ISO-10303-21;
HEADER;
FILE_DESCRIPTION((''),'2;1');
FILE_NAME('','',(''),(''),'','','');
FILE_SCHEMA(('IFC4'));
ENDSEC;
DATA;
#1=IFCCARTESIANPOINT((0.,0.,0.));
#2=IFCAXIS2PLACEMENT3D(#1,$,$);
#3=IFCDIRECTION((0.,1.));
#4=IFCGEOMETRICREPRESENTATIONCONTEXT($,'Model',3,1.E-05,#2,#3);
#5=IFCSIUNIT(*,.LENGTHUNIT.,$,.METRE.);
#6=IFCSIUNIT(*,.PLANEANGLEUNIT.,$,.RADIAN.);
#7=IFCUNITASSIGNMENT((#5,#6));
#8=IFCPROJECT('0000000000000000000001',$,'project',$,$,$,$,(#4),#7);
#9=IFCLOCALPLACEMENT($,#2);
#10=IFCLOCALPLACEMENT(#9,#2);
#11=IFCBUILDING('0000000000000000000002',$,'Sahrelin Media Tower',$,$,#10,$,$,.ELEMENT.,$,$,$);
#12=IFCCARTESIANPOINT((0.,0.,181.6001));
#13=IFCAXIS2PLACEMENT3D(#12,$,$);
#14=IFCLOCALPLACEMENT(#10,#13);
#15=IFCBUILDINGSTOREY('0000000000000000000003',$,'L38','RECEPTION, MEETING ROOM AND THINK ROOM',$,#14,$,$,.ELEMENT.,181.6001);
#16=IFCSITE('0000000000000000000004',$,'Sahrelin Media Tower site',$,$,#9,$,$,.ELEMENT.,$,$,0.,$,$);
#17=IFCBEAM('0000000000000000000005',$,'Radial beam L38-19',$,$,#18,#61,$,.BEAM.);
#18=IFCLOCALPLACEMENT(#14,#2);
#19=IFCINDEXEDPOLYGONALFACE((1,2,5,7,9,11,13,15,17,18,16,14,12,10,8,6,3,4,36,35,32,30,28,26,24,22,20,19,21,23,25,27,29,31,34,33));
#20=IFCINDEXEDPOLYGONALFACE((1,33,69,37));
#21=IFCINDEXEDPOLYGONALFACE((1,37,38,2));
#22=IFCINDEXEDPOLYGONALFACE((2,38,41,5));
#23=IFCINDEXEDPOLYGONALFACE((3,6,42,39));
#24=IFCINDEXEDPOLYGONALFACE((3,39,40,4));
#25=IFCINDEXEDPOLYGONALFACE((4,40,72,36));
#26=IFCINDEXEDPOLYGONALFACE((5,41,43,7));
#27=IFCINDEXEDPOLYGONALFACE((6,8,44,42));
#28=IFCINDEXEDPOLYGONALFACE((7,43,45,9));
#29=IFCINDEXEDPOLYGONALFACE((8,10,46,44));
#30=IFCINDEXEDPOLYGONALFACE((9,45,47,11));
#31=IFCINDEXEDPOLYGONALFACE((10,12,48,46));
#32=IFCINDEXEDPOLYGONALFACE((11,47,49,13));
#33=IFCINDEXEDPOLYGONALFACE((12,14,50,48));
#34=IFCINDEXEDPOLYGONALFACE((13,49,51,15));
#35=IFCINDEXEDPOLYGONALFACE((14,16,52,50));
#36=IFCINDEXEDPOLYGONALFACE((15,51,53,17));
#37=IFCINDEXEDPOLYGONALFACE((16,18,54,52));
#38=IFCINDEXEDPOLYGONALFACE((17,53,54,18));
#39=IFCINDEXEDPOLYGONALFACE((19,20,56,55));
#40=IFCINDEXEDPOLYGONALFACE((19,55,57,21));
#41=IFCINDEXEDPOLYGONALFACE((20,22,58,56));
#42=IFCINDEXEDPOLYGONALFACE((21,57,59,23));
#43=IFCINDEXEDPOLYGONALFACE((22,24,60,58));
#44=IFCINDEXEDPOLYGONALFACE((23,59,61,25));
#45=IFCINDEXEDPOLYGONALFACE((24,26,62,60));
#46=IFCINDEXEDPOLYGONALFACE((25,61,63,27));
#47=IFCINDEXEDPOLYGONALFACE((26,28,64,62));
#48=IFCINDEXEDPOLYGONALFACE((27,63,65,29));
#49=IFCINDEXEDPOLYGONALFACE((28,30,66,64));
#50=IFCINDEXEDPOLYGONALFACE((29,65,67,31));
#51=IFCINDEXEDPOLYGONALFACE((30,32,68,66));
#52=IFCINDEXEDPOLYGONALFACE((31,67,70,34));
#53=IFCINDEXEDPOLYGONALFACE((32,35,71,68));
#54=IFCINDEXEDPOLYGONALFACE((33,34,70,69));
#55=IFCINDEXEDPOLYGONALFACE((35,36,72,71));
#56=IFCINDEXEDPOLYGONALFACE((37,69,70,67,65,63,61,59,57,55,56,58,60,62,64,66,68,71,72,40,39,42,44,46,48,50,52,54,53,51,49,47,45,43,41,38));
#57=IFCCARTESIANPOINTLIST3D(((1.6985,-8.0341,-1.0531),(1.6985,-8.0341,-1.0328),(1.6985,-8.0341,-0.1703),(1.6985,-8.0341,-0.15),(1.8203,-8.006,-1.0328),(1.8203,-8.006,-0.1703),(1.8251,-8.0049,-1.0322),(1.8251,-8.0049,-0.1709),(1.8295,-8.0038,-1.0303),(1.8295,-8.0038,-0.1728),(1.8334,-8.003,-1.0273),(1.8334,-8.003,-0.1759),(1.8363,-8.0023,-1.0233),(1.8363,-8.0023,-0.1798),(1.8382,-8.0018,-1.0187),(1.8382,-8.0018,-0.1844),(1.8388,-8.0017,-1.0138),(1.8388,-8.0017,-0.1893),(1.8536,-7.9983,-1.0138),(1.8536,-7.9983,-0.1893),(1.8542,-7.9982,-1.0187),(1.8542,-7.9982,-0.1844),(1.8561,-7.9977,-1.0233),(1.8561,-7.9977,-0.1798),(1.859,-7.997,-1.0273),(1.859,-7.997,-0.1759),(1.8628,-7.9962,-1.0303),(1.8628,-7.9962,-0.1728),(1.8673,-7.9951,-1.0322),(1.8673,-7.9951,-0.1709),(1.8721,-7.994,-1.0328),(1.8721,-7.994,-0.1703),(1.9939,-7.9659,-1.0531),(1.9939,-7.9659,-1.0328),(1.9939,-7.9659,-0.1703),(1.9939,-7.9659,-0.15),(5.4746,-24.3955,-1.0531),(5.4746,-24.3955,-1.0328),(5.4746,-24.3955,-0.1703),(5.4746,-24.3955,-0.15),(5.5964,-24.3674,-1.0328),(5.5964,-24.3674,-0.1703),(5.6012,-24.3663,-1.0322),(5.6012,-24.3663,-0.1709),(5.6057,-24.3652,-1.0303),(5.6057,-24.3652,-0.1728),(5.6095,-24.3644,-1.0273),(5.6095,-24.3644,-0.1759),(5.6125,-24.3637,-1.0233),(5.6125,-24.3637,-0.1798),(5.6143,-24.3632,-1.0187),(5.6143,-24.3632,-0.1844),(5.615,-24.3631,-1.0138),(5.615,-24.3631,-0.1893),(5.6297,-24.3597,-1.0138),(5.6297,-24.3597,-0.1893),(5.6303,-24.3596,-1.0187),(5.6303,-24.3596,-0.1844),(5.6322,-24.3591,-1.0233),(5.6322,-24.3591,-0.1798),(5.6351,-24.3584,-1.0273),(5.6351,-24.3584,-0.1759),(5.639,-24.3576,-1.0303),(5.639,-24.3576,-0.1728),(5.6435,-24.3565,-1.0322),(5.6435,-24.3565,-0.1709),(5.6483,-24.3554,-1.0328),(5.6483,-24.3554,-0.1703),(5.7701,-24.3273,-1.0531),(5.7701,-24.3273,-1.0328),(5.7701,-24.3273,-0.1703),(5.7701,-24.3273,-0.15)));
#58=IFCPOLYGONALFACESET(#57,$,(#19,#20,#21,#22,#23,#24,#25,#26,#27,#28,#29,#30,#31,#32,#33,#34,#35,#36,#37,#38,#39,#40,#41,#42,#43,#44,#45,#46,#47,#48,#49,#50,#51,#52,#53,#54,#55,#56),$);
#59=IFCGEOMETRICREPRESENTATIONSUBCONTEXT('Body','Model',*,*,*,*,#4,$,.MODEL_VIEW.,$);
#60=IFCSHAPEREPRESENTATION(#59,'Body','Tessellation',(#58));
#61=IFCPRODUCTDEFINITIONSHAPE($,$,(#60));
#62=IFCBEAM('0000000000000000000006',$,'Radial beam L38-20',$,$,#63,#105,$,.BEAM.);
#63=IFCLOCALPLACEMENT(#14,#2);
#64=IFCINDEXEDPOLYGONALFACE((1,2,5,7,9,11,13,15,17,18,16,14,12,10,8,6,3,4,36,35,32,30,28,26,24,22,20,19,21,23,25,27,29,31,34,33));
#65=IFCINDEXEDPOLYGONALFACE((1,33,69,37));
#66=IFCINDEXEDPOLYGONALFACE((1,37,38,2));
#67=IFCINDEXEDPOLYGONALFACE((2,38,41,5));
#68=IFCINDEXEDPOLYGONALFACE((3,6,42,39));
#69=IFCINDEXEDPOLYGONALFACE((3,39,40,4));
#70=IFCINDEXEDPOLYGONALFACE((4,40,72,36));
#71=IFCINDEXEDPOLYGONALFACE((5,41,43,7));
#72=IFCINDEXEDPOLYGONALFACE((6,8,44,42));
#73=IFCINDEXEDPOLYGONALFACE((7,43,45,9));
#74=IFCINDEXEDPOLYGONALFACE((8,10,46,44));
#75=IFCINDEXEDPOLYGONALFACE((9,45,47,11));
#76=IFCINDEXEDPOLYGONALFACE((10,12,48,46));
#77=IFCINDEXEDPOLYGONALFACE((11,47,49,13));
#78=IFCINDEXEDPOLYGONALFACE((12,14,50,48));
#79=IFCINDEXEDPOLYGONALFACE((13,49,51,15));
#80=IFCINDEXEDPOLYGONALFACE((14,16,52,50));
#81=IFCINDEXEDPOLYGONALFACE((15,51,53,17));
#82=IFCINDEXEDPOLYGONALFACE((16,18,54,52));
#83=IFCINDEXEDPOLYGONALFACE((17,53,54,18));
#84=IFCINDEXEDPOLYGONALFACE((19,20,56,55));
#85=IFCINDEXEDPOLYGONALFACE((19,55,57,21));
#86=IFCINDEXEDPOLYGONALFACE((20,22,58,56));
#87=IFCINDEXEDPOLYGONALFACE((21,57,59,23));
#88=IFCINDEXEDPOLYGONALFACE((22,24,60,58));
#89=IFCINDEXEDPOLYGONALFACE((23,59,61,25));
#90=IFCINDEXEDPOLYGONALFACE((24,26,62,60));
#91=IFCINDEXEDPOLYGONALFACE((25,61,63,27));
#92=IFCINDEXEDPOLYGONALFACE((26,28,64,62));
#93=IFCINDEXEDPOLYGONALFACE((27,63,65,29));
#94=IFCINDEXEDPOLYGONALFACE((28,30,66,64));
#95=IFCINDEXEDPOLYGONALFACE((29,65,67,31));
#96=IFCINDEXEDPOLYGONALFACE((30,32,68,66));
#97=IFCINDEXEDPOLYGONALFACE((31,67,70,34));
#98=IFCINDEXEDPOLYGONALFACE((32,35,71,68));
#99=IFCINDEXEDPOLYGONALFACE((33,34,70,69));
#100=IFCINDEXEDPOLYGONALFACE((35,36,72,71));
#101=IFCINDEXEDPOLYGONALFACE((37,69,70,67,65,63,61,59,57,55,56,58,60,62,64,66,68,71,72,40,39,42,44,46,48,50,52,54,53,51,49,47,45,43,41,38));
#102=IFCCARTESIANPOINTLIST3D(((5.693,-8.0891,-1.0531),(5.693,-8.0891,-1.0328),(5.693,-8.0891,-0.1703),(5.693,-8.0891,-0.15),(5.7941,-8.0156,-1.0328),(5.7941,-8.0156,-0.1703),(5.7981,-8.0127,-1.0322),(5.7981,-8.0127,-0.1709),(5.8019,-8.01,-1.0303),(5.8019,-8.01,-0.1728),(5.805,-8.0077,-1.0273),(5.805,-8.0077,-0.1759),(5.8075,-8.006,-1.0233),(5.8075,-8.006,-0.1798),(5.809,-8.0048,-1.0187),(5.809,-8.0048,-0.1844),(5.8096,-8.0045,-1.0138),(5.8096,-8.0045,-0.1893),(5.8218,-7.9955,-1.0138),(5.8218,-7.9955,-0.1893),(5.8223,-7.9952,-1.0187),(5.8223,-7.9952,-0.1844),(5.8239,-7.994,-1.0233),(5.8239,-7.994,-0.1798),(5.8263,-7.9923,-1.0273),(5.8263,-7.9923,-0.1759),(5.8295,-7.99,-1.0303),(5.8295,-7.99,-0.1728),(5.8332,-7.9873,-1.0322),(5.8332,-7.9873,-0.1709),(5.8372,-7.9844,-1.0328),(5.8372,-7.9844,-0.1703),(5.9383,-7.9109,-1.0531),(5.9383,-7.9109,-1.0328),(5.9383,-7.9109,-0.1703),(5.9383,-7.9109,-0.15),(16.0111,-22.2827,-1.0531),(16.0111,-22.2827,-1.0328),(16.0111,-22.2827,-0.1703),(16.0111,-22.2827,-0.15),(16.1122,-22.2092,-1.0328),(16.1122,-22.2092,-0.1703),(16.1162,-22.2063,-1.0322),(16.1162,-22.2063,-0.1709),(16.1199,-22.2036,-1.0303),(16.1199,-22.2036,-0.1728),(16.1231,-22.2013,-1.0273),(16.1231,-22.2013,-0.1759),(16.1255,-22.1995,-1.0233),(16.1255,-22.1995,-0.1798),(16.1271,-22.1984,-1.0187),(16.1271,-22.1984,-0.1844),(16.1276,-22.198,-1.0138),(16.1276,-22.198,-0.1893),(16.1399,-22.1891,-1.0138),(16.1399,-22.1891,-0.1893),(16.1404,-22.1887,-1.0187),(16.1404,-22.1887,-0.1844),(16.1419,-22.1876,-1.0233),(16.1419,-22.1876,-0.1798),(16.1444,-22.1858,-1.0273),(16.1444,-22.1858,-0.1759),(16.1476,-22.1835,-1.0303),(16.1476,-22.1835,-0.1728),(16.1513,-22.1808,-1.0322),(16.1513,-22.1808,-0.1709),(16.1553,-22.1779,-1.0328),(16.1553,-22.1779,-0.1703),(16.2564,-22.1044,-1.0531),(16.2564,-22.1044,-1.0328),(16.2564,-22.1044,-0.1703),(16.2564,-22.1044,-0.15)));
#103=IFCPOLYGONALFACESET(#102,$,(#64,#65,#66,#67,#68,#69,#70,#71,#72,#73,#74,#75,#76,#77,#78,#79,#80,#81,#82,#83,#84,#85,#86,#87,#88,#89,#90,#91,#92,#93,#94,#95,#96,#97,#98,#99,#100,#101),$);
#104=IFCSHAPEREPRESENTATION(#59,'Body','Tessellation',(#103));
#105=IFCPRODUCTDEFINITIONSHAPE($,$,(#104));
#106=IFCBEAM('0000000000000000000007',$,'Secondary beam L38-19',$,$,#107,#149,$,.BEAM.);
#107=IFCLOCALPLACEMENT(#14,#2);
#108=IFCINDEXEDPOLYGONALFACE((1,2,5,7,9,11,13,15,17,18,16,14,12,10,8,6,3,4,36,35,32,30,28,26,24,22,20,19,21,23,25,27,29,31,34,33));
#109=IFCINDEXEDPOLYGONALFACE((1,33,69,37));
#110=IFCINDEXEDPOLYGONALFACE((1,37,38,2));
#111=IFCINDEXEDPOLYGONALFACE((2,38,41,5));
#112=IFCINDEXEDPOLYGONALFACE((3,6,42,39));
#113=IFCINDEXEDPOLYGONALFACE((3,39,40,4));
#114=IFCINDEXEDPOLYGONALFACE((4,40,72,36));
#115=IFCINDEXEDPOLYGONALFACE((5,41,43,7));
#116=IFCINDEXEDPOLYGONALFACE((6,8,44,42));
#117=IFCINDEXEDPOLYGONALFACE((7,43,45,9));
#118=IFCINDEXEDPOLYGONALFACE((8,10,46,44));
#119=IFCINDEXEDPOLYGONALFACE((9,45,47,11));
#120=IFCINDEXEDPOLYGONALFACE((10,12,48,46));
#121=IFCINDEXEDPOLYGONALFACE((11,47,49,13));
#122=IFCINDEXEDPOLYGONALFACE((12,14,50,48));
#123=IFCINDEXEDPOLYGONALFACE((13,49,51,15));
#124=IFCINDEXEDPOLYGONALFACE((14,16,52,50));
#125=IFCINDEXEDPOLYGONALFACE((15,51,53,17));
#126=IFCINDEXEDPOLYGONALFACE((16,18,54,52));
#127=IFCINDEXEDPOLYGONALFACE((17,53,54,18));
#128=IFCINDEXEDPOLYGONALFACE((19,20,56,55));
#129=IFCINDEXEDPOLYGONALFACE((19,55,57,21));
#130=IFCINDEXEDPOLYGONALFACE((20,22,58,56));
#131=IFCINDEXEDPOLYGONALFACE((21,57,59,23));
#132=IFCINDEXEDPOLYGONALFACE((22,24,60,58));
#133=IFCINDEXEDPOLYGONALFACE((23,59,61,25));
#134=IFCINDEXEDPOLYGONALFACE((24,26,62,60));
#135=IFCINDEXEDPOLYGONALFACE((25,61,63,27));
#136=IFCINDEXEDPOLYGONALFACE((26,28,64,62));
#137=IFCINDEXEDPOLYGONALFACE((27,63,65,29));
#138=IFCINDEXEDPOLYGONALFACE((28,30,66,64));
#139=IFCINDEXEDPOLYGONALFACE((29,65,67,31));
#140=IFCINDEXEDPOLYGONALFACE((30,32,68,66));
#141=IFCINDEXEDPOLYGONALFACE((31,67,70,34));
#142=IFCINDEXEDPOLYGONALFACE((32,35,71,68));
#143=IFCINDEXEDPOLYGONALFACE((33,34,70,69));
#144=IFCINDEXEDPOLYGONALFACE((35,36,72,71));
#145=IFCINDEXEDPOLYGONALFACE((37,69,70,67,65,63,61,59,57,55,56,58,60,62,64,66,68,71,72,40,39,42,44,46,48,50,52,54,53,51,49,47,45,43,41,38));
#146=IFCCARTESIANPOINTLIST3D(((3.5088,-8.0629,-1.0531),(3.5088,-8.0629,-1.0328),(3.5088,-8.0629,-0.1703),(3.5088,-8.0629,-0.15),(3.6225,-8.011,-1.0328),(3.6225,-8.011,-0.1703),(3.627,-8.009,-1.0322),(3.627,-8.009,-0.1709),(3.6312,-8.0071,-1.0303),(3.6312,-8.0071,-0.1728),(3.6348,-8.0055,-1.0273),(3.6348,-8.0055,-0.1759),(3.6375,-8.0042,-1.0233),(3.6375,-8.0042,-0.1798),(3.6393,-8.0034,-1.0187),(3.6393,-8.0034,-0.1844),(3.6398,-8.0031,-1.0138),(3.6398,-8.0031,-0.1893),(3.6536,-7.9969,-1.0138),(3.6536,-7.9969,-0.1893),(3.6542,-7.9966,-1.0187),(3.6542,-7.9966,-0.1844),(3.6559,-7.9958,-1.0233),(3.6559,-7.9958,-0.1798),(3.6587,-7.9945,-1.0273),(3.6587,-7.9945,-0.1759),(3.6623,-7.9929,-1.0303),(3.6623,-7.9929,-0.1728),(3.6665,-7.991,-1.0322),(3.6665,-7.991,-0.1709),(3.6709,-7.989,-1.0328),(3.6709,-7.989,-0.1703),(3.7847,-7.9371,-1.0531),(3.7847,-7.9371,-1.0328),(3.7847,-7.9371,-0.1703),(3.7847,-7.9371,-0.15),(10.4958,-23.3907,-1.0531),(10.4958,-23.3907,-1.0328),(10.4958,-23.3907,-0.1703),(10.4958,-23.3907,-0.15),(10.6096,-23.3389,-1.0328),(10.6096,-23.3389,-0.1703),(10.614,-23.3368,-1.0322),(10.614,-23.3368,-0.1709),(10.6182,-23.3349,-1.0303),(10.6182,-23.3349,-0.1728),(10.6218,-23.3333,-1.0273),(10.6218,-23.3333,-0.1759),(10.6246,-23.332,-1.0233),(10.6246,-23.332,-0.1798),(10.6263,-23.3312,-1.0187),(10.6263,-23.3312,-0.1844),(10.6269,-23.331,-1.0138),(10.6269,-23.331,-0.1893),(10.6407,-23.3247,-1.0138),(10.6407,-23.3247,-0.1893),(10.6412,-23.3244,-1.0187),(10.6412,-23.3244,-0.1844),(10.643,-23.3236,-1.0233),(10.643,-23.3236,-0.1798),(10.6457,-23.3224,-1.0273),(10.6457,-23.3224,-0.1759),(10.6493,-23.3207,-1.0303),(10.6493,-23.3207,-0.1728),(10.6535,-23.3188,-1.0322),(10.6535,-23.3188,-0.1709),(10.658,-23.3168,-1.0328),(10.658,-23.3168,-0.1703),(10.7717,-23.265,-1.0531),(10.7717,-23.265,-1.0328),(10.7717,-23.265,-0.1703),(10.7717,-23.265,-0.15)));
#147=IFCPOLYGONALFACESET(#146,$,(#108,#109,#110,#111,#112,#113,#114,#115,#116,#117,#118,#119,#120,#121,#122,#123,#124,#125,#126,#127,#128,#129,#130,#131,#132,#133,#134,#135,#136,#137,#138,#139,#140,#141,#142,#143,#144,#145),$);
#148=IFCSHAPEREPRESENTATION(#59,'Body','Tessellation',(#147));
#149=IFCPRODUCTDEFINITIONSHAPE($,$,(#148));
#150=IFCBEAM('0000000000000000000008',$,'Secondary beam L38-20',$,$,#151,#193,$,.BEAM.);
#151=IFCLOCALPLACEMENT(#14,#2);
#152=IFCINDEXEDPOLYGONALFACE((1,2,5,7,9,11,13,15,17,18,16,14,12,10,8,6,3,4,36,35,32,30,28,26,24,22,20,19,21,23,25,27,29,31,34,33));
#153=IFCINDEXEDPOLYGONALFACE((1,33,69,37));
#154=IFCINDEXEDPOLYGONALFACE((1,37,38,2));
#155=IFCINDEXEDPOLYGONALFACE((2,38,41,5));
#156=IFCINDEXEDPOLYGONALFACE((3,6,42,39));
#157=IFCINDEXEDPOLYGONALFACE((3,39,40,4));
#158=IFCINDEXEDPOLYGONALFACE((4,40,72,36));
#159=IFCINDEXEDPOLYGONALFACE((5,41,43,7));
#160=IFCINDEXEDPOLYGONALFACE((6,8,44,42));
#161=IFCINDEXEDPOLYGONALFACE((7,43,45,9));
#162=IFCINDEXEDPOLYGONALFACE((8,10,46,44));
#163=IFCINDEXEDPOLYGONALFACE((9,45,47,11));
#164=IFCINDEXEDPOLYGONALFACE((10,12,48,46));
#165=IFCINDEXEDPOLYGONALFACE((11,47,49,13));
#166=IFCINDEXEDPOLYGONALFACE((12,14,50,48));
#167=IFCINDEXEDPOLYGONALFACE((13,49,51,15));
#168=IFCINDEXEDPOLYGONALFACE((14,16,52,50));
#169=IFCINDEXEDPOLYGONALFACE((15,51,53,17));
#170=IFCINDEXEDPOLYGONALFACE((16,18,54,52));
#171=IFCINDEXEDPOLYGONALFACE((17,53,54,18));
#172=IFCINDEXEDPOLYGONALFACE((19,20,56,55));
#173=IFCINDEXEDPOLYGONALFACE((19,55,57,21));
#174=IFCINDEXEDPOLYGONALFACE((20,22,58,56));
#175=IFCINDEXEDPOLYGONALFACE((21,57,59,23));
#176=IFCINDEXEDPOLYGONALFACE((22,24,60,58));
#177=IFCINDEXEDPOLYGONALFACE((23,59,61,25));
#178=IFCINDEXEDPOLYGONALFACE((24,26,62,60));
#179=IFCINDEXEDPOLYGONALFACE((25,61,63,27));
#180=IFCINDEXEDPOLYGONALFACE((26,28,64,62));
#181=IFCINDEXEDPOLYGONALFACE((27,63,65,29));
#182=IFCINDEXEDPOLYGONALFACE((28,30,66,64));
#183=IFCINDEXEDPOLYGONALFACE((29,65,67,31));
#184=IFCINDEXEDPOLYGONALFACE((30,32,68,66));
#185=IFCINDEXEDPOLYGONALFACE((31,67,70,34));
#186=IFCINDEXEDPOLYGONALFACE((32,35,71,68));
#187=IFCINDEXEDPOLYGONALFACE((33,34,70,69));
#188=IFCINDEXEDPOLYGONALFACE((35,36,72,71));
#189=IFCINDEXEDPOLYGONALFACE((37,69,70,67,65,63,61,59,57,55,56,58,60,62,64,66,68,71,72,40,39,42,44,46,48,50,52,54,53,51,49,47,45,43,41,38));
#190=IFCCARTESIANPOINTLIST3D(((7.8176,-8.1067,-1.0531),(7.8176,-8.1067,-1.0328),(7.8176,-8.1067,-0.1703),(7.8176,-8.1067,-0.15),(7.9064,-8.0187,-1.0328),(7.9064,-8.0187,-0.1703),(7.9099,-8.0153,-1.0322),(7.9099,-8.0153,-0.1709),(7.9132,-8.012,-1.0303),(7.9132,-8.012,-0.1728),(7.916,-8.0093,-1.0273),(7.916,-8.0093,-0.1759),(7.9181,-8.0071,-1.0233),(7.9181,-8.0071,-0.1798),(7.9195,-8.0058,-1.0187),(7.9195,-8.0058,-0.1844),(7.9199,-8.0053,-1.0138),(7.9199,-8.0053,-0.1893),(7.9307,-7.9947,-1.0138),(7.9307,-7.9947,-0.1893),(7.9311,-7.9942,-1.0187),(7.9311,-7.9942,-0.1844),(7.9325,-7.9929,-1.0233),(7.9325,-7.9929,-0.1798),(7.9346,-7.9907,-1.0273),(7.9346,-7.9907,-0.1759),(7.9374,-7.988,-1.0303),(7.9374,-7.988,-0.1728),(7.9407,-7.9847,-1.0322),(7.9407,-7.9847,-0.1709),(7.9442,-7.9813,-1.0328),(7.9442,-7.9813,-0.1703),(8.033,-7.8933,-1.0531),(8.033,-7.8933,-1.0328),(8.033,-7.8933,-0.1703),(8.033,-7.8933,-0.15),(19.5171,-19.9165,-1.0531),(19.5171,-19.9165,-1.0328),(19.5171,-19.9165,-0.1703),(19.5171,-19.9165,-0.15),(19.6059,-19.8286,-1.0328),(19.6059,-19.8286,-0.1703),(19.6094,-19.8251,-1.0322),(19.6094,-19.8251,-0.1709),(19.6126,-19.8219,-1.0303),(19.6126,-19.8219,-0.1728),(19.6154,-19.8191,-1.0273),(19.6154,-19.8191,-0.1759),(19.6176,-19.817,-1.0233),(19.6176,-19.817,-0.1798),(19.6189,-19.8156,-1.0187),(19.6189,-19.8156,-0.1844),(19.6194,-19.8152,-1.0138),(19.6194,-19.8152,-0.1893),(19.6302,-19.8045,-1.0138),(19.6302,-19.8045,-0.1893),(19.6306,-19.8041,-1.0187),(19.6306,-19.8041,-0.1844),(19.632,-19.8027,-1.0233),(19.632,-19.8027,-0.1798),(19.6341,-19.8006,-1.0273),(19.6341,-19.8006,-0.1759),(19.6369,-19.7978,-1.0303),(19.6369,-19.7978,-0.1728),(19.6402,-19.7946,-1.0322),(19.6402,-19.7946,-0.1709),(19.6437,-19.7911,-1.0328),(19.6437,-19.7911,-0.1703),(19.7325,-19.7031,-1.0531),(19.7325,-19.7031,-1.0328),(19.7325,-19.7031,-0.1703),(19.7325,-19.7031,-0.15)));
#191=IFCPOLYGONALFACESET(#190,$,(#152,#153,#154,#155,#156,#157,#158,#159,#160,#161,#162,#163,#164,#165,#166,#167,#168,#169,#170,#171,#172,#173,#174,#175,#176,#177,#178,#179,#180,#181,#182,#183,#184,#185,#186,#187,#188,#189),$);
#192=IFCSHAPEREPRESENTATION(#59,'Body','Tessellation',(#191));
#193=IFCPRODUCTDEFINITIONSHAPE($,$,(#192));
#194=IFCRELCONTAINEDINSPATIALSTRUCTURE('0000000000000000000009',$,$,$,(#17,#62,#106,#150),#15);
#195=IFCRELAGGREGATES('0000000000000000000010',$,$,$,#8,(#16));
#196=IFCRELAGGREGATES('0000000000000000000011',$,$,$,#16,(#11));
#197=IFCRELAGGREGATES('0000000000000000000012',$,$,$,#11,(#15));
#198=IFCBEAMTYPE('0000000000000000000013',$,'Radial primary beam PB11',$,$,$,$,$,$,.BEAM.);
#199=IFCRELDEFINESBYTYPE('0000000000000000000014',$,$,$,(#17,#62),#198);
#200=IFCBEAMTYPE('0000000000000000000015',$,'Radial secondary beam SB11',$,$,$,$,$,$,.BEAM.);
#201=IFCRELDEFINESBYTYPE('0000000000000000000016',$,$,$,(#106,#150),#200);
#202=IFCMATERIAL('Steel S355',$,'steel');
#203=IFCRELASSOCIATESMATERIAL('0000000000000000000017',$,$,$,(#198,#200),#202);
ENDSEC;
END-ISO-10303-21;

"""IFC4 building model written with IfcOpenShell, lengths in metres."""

from ifc_helpers import new_model, si_unit, direction, frame, origin, origin_2d, place, context, subcontext, project, spatial, i_section, extrude, material, material_profile, profile_set, type_object, element, save


model = new_model("IFC4")

# Units and contexts
model_context = context("Model", 3, precision=1e-05, world=origin(), true_north=direction((0.0, 1.0)))
body_context = subcontext(model_context, "Body", "Model", "MODEL_VIEW")
ifc_project = project(units=[si_unit("LENGTHUNIT", "METRE"), si_unit("PLANEANGLEUNIT", "RADIAN")], contexts=[model_context])

# Site, building, storey
site_placement = place(None, origin())
site = spatial("IfcSite", under=ifc_project, at=site_placement, Name="Sahrelin Media Tower site", CompositionType="ELEMENT", RefElevation=0.0)
building_placement = place(site_placement, origin())
building = spatial("IfcBuilding", under=site, at=building_placement, Name="Sahrelin Media Tower", CompositionType="ELEMENT")
storey_placement = place(building_placement, frame((0.0, 0.0, 181.6001)))
storey = spatial("IfcBuildingStorey", under=building, at=storey_placement, Name="L38", Description="RECEPTION, MEETING ROOM AND THINK ROOM", CompositionType="ELEMENT", Elevation=181.6001)

# Shared definitions
ifc_material_1 = material(Name="Steel S355", Category="steel")

# Beams
ifc_material_profile_1 = material_profile(ifc_material_1, i_section(OverallWidth=0.3032, OverallDepth=0.9031, WebThickness=0.0151, FlangeThickness=0.0203, FilletRadius=0.019, at=origin_2d()), Name="UB 914x305x201")
ifc_profile_set_1 = profile_set([ifc_material_profile_1], Name="Steel S355")
beam_type_1 = type_object("IfcBeamType", Name="Radial primary beam PB11", PredefinedType="BEAM", material=ifc_profile_set_1)
beam_1_placement = place(storey_placement, frame((1.8462, -8.0, -0.6016), z_axis=(0.224884, -0.974386, 0.0), x_axis=(0.974386, 0.224884, 0.0)))
element("IfcBeam", 1, at=beam_1_placement, inside=storey, type_object=beam_type_1, Name="Radial beam L38-19", PredefinedType="BEAM", context=body_context, shape_type="SweptSolid", body=[
    extrude(i_section(OverallWidth=0.3032, OverallDepth=0.9031, WebThickness=0.0151, FlangeThickness=0.0203, FilletRadius=0.019, at=origin_2d()), origin(), (0.0, 0.0, 1.0), 16.7915),
])
beam_2_placement = place(storey_placement, frame((5.8157, -8.0, -0.6016), z_axis=(0.588004, -0.808858, 0.0), x_axis=(0.808858, 0.588004, 0.0)))
element("IfcBeam", 2, at=beam_2_placement, inside=storey, type_object=beam_type_1, Name="Radial beam L38-20", PredefinedType="BEAM", context=body_context, shape_type="SweptSolid", body=[
    extrude(i_section(OverallWidth=0.3032, OverallDepth=0.9031, WebThickness=0.0151, FlangeThickness=0.0203, FilletRadius=0.019, at=origin_2d()), origin(), (0.0, 0.0, 1.0), 17.5476),
])
ifc_material_profile_2 = material_profile(ifc_material_1, i_section(OverallWidth=0.3032, OverallDepth=0.9031, WebThickness=0.0151, FlangeThickness=0.0203, FilletRadius=0.019, at=origin_2d()), Name="UB 914x305x201")
ifc_profile_set_2 = profile_set([ifc_material_profile_2], Name="Steel S355")
beam_type_2 = type_object("IfcBeamType", Name="Radial secondary beam SB11", PredefinedType="BEAM", material=ifc_profile_set_2)
beam_3_placement = place(storey_placement, frame((3.6467, -8.0, -0.6016), z_axis=(0.414779, -0.909922, 0.0), x_axis=(0.909922, 0.414779, 0.0)))
element("IfcBeam", 3, at=beam_3_placement, inside=storey, type_object=beam_type_2, Name="Secondary beam L38-19", PredefinedType="BEAM", context=body_context, shape_type="SweptSolid", body=[
    extrude(i_section(OverallWidth=0.3032, OverallDepth=0.9031, WebThickness=0.0151, FlangeThickness=0.0203, FilletRadius=0.019, at=origin_2d()), origin(), (0.0, 0.0, 1.0), 16.8452),
])
beam_4_placement = place(storey_placement, frame((7.9253, -8.0, -0.6016), z_axis=(0.70378, -0.710418, 0.0), x_axis=(0.710418, 0.70378, 0.0)))
element("IfcBeam", 4, at=beam_4_placement, inside=storey, type_object=beam_type_2, Name="Secondary beam L38-20", PredefinedType="BEAM", context=body_context, shape_type="SweptSolid", body=[
    extrude(i_section(OverallWidth=0.3032, OverallDepth=0.9031, WebThickness=0.0151, FlangeThickness=0.0203, FilletRadius=0.019, at=origin_2d()), origin(), (0.0, 0.0, 1.0), 16.6238),
])

save(model, "model.ifc")
